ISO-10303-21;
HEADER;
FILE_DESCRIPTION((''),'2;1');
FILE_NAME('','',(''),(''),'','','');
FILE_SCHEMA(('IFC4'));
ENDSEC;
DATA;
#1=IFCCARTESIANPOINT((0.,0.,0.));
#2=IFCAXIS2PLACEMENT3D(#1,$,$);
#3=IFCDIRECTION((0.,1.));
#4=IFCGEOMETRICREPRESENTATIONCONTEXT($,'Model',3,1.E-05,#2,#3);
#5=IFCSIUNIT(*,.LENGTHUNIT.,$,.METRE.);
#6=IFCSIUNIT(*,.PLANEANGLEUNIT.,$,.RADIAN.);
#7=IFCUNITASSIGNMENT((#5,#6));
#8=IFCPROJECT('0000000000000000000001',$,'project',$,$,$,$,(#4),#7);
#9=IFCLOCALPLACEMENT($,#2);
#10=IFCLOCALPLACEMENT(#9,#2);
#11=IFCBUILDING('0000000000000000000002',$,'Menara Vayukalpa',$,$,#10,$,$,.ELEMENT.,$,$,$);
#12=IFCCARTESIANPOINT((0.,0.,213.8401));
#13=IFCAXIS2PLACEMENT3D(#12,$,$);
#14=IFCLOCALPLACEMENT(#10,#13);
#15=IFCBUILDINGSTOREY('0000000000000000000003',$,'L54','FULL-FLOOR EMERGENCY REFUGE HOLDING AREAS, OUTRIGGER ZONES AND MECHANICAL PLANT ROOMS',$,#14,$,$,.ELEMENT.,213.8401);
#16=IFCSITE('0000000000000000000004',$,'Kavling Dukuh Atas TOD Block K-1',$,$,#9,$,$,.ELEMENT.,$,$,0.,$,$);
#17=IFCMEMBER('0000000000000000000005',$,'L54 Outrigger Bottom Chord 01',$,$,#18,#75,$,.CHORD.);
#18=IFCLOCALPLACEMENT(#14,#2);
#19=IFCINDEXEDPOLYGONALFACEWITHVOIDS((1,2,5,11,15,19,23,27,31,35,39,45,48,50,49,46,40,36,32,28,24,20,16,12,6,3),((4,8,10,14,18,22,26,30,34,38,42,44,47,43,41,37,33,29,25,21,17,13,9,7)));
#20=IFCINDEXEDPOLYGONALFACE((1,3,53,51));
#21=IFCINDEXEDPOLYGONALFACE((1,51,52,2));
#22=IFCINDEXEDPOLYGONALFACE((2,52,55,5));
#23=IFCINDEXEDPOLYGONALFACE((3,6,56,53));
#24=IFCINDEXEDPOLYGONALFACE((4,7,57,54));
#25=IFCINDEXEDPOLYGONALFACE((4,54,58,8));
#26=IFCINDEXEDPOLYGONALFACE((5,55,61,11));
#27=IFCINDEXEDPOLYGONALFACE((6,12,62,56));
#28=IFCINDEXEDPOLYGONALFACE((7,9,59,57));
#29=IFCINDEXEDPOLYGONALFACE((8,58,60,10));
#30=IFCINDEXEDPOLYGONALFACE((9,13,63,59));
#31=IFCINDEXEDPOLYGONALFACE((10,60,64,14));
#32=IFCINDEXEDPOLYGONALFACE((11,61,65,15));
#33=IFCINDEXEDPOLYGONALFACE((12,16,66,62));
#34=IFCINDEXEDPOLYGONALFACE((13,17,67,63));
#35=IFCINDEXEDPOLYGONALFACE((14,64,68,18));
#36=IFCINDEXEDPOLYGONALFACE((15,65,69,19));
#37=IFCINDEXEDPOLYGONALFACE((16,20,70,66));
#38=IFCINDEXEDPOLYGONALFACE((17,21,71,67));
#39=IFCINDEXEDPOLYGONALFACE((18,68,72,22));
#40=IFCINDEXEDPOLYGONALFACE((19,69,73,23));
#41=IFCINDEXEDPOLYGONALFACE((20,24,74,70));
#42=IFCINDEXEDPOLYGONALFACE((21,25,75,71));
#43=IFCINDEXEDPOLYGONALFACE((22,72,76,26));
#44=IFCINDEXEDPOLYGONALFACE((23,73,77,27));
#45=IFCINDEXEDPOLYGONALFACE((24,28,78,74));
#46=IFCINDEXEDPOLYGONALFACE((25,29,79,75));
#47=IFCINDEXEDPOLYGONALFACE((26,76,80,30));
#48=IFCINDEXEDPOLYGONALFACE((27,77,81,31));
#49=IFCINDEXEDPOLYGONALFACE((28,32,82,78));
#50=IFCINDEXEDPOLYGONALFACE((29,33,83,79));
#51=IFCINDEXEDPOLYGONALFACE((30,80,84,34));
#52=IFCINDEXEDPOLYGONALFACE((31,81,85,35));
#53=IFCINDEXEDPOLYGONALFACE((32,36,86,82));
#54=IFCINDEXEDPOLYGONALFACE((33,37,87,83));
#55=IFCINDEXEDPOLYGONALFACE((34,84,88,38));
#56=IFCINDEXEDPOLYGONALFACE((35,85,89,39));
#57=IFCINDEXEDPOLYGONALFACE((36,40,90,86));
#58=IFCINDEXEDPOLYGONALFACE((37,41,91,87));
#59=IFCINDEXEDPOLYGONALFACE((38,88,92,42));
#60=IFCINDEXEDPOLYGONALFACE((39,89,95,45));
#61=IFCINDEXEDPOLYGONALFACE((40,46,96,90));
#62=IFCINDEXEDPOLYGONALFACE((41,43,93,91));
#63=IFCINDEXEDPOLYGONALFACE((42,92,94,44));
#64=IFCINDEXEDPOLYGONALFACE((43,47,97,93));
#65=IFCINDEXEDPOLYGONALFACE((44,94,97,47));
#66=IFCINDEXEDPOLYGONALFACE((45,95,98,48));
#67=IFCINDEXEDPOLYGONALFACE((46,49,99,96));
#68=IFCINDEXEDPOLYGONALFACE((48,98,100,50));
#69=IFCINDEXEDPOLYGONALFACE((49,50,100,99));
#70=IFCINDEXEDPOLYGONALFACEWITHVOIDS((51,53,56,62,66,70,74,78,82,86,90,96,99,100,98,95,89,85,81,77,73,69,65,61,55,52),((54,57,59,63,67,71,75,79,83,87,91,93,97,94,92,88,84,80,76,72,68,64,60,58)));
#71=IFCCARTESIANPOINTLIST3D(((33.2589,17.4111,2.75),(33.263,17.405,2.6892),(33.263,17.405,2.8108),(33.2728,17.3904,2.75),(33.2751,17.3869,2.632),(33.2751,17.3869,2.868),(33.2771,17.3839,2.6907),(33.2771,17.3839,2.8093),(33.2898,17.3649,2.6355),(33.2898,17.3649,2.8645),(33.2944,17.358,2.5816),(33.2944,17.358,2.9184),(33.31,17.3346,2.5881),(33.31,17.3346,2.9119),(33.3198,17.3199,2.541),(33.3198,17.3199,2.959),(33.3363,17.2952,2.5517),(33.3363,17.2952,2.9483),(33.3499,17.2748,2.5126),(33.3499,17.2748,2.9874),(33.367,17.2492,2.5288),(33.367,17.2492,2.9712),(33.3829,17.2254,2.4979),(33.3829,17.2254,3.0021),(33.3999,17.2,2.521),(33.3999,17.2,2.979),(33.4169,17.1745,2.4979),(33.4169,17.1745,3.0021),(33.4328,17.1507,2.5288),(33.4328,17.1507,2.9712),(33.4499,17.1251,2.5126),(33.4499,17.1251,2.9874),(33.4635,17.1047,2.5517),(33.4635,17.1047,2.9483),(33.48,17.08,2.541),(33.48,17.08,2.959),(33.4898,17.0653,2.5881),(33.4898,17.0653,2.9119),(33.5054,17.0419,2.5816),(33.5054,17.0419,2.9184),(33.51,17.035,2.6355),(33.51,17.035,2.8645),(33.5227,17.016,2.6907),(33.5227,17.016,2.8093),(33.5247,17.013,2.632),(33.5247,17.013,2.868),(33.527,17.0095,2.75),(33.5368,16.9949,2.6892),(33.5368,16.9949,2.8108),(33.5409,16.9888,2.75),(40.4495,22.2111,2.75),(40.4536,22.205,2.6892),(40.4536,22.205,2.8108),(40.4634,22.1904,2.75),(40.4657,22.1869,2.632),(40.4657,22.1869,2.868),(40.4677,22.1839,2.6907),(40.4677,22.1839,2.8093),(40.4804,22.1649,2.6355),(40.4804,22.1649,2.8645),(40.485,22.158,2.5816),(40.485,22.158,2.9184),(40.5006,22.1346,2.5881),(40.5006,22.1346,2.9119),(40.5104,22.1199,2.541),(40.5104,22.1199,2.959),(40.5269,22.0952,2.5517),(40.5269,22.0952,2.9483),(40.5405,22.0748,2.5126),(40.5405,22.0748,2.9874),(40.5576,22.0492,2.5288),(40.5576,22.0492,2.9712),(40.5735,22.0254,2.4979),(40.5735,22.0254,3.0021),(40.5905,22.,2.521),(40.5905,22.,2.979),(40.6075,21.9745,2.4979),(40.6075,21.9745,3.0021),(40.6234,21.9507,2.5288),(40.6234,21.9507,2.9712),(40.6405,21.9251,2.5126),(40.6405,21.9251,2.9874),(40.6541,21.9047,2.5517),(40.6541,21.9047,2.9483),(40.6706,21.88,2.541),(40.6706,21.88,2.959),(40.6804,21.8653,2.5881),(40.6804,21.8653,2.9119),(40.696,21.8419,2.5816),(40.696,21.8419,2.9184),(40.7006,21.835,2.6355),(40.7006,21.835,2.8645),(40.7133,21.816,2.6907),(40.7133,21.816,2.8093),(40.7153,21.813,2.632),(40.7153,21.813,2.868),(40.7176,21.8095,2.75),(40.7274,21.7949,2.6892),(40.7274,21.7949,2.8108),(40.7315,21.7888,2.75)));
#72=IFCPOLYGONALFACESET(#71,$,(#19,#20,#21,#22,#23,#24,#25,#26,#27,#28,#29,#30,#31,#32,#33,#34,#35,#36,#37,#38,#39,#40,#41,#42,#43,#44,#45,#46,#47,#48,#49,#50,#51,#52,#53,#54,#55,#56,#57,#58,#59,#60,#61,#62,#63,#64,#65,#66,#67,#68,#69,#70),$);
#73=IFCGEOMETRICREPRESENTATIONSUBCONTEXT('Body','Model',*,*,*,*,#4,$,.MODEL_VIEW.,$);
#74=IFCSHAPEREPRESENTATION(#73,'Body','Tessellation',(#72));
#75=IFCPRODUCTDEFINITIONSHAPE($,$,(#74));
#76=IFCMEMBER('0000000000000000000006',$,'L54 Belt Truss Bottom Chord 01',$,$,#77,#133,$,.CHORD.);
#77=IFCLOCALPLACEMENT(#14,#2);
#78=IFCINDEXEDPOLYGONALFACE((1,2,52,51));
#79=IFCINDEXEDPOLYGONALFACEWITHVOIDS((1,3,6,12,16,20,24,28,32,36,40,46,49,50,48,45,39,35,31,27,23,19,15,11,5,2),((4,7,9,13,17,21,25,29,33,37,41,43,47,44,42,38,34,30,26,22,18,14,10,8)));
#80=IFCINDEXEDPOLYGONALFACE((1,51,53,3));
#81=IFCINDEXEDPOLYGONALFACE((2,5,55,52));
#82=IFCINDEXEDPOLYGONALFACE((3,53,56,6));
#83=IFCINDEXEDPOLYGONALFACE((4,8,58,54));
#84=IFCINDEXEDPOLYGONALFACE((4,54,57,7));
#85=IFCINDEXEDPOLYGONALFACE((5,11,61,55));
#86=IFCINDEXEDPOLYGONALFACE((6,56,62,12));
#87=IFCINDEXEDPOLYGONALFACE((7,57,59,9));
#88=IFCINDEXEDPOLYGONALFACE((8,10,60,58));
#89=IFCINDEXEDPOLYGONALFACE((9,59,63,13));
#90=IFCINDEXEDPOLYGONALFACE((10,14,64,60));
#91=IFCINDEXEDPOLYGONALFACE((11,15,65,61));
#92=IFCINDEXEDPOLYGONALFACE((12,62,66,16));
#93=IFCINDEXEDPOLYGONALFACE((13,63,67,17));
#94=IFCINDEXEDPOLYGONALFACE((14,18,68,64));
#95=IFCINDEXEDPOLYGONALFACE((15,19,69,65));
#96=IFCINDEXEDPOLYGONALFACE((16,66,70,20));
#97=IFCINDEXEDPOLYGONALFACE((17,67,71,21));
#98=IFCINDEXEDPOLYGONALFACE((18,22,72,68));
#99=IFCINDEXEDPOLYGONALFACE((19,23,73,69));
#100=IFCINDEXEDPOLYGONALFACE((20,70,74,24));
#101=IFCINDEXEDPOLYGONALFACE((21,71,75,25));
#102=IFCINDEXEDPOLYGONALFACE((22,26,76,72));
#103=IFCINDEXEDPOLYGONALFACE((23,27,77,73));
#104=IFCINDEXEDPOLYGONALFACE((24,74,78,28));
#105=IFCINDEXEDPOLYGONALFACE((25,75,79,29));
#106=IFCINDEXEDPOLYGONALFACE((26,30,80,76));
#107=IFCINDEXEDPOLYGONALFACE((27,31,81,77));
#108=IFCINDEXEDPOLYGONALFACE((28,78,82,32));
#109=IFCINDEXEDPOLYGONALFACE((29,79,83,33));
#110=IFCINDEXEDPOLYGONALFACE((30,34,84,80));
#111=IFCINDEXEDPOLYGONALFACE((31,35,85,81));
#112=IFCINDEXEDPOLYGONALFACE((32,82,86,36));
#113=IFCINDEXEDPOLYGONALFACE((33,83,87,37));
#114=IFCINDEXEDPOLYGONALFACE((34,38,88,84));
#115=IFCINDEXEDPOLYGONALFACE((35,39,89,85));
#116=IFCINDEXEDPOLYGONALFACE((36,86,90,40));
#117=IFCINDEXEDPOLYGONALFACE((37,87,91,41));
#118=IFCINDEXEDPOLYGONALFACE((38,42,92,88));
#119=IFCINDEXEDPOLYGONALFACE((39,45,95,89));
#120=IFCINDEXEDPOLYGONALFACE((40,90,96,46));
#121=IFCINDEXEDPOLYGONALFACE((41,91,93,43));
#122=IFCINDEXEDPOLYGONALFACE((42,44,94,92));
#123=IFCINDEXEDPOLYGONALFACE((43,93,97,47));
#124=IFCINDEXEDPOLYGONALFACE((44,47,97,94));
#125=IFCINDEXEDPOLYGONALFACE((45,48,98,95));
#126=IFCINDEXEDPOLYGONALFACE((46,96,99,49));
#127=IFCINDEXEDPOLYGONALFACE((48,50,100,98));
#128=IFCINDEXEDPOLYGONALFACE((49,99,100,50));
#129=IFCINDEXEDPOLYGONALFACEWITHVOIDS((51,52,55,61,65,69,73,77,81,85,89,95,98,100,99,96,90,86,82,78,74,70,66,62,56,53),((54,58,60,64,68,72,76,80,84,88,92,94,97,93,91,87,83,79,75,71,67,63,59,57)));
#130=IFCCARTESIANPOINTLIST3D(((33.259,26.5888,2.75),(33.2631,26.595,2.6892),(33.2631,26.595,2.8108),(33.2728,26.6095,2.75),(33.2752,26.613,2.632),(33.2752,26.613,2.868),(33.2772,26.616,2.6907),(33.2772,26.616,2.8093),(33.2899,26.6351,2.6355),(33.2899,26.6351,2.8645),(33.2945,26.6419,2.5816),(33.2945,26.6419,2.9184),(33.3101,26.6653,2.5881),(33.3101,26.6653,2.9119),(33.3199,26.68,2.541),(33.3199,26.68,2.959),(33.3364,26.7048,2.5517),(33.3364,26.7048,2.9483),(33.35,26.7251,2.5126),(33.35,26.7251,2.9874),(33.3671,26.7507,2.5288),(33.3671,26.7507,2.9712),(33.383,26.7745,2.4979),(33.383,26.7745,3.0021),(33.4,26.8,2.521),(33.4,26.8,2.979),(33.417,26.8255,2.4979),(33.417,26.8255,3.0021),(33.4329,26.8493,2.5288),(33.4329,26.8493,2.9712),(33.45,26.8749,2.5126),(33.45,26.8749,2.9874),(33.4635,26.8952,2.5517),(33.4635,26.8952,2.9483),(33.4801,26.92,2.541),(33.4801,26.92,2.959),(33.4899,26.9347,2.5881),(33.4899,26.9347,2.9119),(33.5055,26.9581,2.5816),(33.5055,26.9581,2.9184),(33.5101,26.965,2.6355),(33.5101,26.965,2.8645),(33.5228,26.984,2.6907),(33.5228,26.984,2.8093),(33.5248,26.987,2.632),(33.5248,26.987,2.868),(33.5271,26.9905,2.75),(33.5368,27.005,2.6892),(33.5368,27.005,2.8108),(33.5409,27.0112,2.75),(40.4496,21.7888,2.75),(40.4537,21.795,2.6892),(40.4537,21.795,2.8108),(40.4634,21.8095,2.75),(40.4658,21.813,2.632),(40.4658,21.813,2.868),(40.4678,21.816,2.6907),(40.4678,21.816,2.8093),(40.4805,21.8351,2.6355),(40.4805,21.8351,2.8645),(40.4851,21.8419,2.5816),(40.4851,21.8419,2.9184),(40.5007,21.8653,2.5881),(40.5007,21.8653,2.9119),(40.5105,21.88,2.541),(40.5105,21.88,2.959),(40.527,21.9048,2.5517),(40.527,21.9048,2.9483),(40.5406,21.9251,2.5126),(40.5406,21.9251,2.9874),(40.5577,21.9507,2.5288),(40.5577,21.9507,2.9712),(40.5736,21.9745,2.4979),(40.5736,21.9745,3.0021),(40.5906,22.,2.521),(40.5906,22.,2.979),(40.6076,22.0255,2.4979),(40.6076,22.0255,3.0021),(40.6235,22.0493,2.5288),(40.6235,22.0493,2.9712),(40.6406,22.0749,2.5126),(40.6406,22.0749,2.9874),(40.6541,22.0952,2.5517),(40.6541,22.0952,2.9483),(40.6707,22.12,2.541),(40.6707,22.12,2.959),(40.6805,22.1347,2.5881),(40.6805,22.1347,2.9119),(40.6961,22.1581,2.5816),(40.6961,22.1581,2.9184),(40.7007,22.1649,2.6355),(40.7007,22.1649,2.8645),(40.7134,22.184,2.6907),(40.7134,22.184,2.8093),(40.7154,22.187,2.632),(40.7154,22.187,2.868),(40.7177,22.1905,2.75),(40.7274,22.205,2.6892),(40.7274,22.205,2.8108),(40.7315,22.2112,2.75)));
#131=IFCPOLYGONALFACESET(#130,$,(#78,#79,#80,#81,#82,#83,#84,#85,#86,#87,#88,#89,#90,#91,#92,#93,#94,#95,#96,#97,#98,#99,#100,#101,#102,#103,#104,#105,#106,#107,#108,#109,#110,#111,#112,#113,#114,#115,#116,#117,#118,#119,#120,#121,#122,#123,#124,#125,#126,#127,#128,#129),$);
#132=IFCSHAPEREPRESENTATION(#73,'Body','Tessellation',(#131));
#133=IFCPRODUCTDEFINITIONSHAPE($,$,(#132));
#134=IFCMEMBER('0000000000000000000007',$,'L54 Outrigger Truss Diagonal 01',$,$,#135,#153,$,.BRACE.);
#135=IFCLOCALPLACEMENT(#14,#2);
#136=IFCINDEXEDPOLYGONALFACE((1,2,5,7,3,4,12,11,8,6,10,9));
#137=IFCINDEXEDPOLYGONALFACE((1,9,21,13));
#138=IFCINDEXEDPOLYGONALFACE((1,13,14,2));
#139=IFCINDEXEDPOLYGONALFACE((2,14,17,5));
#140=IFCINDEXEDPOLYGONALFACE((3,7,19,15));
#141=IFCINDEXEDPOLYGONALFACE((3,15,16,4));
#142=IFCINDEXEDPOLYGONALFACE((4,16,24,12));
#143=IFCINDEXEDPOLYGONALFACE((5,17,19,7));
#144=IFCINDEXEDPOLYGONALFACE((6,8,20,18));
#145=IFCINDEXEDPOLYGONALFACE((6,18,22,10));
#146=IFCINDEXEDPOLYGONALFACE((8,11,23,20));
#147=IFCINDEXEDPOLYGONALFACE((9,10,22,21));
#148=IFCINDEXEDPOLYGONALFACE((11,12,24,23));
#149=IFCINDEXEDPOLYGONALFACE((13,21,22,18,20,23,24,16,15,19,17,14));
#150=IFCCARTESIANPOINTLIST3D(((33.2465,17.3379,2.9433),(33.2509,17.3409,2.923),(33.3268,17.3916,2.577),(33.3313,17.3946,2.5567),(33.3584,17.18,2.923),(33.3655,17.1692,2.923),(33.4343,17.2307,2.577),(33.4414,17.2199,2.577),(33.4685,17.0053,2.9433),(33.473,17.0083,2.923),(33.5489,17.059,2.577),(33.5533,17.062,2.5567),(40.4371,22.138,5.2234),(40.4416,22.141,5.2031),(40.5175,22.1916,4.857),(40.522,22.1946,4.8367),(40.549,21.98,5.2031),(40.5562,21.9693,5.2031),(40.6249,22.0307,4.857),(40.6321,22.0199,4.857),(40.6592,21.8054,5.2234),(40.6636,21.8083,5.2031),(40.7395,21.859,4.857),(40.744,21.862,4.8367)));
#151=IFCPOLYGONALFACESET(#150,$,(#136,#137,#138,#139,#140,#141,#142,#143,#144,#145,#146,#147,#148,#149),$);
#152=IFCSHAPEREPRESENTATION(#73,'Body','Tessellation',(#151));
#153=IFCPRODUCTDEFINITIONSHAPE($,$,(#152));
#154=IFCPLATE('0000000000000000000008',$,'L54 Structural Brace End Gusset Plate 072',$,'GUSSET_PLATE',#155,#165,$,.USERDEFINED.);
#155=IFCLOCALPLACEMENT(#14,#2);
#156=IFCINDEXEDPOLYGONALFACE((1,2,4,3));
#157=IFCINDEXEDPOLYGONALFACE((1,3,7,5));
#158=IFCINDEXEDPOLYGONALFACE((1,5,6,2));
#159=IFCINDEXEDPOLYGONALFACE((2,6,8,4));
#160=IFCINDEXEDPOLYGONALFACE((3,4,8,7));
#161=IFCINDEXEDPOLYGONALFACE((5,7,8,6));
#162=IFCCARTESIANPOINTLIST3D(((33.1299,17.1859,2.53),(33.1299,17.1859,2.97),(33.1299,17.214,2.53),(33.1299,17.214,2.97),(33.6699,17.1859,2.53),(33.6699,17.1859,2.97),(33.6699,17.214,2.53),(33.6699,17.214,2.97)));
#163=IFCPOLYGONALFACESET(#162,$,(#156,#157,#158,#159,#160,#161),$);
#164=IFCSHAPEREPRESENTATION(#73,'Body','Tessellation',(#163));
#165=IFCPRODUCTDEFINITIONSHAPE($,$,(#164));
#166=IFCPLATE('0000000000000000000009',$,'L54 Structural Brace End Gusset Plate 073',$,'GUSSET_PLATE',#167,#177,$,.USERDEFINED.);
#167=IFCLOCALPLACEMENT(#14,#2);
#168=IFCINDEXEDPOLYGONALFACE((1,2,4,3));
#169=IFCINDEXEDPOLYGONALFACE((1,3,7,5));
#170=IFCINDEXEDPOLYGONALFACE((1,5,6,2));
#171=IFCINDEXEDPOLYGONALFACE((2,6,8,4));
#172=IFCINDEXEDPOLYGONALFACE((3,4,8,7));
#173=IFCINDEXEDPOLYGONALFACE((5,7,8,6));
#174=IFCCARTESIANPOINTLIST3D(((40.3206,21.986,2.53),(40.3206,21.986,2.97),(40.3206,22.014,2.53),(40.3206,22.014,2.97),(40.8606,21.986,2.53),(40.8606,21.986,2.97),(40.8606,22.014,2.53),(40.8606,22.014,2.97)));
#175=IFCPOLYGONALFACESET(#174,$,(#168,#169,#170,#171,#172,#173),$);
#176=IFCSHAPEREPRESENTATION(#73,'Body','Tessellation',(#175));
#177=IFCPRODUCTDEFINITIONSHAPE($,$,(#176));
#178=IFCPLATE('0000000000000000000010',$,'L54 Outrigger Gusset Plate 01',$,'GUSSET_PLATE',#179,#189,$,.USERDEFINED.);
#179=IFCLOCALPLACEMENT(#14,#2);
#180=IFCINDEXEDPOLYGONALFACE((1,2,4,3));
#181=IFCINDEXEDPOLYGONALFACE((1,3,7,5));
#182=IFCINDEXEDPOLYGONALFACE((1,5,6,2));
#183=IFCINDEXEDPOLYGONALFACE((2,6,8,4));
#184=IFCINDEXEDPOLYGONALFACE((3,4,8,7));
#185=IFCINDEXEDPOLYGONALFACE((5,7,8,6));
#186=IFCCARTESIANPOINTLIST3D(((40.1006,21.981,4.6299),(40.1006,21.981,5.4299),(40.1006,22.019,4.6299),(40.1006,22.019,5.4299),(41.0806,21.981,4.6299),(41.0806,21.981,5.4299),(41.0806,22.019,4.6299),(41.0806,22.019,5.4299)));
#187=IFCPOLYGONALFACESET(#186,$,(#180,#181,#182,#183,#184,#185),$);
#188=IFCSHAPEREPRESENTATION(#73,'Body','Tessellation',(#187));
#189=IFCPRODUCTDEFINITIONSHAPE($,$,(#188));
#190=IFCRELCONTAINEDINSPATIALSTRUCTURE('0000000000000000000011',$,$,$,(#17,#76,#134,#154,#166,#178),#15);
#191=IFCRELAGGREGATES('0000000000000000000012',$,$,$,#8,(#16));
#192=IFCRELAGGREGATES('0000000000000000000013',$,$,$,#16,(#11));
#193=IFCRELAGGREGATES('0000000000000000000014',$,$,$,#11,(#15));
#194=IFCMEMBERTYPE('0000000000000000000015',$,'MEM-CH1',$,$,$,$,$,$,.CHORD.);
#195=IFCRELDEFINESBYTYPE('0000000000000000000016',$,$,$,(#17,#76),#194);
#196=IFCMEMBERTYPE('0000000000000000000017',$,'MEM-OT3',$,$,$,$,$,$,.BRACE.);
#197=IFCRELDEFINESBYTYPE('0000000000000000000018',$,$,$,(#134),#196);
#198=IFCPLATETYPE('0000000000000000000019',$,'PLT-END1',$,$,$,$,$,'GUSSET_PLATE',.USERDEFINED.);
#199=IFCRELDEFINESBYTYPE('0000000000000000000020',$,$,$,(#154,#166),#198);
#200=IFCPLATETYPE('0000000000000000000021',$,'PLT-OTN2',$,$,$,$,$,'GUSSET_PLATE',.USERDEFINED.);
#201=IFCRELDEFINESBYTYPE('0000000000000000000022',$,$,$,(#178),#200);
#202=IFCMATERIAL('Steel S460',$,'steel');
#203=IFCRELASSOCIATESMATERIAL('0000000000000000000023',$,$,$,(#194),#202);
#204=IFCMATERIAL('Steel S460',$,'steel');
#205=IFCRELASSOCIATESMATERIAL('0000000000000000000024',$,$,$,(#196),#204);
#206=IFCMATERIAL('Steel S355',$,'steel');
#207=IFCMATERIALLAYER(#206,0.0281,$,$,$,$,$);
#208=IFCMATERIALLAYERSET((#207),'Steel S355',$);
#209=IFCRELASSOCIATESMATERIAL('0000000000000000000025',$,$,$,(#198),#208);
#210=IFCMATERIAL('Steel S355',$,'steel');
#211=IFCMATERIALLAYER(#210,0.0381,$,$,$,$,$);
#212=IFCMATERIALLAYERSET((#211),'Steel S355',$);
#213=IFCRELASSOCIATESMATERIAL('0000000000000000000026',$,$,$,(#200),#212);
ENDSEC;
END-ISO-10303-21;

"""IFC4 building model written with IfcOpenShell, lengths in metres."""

from ifc_helpers import new_model, si_unit, direction, frame, origin, origin_2d, place, context, subcontext, project, spatial, rectangle, hollow_circle, i_section, extrude, material, layer, layer_set, material_profile, profile_set, type_object, element, save


model = new_model("IFC4")

# Units and contexts
model_context = context("Model", 3, precision=1e-05, world=origin(), true_north=direction((0.0, 1.0)))
body_context = subcontext(model_context, "Body", "Model", "MODEL_VIEW")
ifc_project = project(units=[si_unit("LENGTHUNIT", "METRE"), si_unit("PLANEANGLEUNIT", "RADIAN")], contexts=[model_context])

# Site, building, storey
site_placement = place(None, origin())
site = spatial("IfcSite", under=ifc_project, at=site_placement, Name="Kavling Dukuh Atas TOD Block K-1", CompositionType="ELEMENT", RefElevation=0.0)
building_placement = place(site_placement, origin())
building = spatial("IfcBuilding", under=site, at=building_placement, Name="Menara Vayukalpa", CompositionType="ELEMENT")
storey_placement = place(building_placement, frame((0.0, 0.0, 213.8401)))
storey = spatial("IfcBuildingStorey", under=building, at=storey_placement, Name="L54", Description="FULL-FLOOR EMERGENCY REFUGE HOLDING AREAS, OUTRIGGER ZONES AND MECHANICAL PLANT ROOMS", CompositionType="ELEMENT", Elevation=213.8401)

# Members
ifc_material_1 = material(Name="Steel S460", Category="steel")
ifc_material_profile_1 = material_profile(ifc_material_1, hollow_circle(Radius=0.2539, WallThickness=0.0249, at=origin_2d()), Name="CHS 508.0x25")
ifc_profile_set_1 = profile_set([ifc_material_profile_1], Name="Steel S460")
member_type_1 = type_object("IfcMemberType", Name="MEM-CH1", PredefinedType="CHORD", material=ifc_profile_set_1)
for number, where, z_axis, x_axis, name in (
    (1, (33.3999, 17.2, 2.75), (0.831716, 0.555202, 0.0), (-0.555202, 0.831716, 0.0), "L54 Outrigger Bottom Chord 01"),
    (2, (40.5906, 22.0, 2.75), (-0.831716, 0.555202, 0.0), (-0.555202, -0.831716, 0.0), "L54 Belt Truss Bottom Chord 01"),
):
    element("IfcMember", number, at=place(storey_placement, frame(where, z_axis=z_axis, x_axis=x_axis)), inside=storey, type_object=member_type_1, Name=name, PredefinedType="CHORD", context=body_context, shape_type="SweptSolid", body=[
        extrude(hollow_circle(Radius=0.2539, WallThickness=0.0249, at=origin_2d()), origin(), (0.0, 0.0, 1.0), 8.6455),
    ])
ifc_material_2 = material(Name="Steel S460", Category="steel")
ifc_material_profile_2 = material_profile(ifc_material_2, i_section(OverallWidth=0.3999, OverallDepth=0.3999, WebThickness=0.0129, FlangeThickness=0.021, at=origin_2d()), Name="H 400x400x13x21")
ifc_profile_set_2 = profile_set([ifc_material_profile_2], Name="Steel S460")
member_type_2 = type_object("IfcMemberType", Name="MEM-OT3", PredefinedType="BRACE", material=ifc_profile_set_2)
member_1_placement = place(storey_placement, frame((33.3999, 17.2, 2.75), z_axis=(0.804219, 0.536847, 0.255003), x_axis=(-0.555202, 0.831716, 0.0)))
element("IfcMember", 3, at=member_1_placement, inside=storey, type_object=member_type_2, Name="L54 Outrigger Truss Diagonal 01", PredefinedType="BRACE", context=body_context, shape_type="SweptSolid", body=[
    extrude(i_section(OverallWidth=0.3999, OverallDepth=0.3999, WebThickness=0.0129, FlangeThickness=0.021, at=origin_2d()), origin(), (0.0, 0.0, 1.0), 8.9412),
])

# Plates
ifc_material_3 = material(Name="Steel S355", Category="steel")
ifc_layer_1 = layer(ifc_material_3, 0.0281)
ifc_layer_set_1 = layer_set([ifc_layer_1], Name="Steel S355")
plate_type_1 = type_object("IfcPlateType", Name="PLT-END1", ElementType="GUSSET_PLATE", PredefinedType="USERDEFINED", material=ifc_layer_set_1)
for number, where, z_axis, x_axis, name in (
    (4, (33.3999, 17.2, 2.53), (0.0, 0.0, 1.0), (1.0, 0.0, 0.0), "L54 Structural Brace End Gusset Plate 072"),
    (5, (40.5906, 22.0, 2.53), (0.0, 0.0, 1.0), (1.0, 0.0, 0.0), "L54 Structural Brace End Gusset Plate 073"),
):
    element("IfcPlate", number, at=place(storey_placement, frame(where, z_axis=z_axis, x_axis=x_axis)), inside=storey, type_object=plate_type_1, Name=name, ObjectType="GUSSET_PLATE", PredefinedType="USERDEFINED", context=body_context, shape_type="SweptSolid", body=[
        extrude(rectangle(XDim=0.54, YDim=0.0281, at=origin_2d()), origin(), (0.0, 0.0, 1.0), 0.4399),
    ])
ifc_material_4 = material(Name="Steel S355", Category="steel")
ifc_layer_2 = layer(ifc_material_4, 0.0381)
ifc_layer_set_2 = layer_set([ifc_layer_2], Name="Steel S355")
plate_type_2 = type_object("IfcPlateType", Name="PLT-OTN2", ElementType="GUSSET_PLATE", PredefinedType="USERDEFINED", material=ifc_layer_set_2)
plate_placement = place(storey_placement, frame((40.5906, 22.0, 4.6299), z_axis=(0.0, 0.0, 1.0), x_axis=(1.0, 0.0, 0.0)))
element("IfcPlate", 6, at=plate_placement, inside=storey, type_object=plate_type_2, Name="L54 Outrigger Gusset Plate 01", ObjectType="GUSSET_PLATE", PredefinedType="USERDEFINED", context=body_context, shape_type="SweptSolid", body=[
    extrude(rectangle(XDim=0.98, YDim=0.0381, at=origin_2d()), origin(), (0.0, 0.0, 1.0), 0.8),
])

save(model, "model.ifc")
